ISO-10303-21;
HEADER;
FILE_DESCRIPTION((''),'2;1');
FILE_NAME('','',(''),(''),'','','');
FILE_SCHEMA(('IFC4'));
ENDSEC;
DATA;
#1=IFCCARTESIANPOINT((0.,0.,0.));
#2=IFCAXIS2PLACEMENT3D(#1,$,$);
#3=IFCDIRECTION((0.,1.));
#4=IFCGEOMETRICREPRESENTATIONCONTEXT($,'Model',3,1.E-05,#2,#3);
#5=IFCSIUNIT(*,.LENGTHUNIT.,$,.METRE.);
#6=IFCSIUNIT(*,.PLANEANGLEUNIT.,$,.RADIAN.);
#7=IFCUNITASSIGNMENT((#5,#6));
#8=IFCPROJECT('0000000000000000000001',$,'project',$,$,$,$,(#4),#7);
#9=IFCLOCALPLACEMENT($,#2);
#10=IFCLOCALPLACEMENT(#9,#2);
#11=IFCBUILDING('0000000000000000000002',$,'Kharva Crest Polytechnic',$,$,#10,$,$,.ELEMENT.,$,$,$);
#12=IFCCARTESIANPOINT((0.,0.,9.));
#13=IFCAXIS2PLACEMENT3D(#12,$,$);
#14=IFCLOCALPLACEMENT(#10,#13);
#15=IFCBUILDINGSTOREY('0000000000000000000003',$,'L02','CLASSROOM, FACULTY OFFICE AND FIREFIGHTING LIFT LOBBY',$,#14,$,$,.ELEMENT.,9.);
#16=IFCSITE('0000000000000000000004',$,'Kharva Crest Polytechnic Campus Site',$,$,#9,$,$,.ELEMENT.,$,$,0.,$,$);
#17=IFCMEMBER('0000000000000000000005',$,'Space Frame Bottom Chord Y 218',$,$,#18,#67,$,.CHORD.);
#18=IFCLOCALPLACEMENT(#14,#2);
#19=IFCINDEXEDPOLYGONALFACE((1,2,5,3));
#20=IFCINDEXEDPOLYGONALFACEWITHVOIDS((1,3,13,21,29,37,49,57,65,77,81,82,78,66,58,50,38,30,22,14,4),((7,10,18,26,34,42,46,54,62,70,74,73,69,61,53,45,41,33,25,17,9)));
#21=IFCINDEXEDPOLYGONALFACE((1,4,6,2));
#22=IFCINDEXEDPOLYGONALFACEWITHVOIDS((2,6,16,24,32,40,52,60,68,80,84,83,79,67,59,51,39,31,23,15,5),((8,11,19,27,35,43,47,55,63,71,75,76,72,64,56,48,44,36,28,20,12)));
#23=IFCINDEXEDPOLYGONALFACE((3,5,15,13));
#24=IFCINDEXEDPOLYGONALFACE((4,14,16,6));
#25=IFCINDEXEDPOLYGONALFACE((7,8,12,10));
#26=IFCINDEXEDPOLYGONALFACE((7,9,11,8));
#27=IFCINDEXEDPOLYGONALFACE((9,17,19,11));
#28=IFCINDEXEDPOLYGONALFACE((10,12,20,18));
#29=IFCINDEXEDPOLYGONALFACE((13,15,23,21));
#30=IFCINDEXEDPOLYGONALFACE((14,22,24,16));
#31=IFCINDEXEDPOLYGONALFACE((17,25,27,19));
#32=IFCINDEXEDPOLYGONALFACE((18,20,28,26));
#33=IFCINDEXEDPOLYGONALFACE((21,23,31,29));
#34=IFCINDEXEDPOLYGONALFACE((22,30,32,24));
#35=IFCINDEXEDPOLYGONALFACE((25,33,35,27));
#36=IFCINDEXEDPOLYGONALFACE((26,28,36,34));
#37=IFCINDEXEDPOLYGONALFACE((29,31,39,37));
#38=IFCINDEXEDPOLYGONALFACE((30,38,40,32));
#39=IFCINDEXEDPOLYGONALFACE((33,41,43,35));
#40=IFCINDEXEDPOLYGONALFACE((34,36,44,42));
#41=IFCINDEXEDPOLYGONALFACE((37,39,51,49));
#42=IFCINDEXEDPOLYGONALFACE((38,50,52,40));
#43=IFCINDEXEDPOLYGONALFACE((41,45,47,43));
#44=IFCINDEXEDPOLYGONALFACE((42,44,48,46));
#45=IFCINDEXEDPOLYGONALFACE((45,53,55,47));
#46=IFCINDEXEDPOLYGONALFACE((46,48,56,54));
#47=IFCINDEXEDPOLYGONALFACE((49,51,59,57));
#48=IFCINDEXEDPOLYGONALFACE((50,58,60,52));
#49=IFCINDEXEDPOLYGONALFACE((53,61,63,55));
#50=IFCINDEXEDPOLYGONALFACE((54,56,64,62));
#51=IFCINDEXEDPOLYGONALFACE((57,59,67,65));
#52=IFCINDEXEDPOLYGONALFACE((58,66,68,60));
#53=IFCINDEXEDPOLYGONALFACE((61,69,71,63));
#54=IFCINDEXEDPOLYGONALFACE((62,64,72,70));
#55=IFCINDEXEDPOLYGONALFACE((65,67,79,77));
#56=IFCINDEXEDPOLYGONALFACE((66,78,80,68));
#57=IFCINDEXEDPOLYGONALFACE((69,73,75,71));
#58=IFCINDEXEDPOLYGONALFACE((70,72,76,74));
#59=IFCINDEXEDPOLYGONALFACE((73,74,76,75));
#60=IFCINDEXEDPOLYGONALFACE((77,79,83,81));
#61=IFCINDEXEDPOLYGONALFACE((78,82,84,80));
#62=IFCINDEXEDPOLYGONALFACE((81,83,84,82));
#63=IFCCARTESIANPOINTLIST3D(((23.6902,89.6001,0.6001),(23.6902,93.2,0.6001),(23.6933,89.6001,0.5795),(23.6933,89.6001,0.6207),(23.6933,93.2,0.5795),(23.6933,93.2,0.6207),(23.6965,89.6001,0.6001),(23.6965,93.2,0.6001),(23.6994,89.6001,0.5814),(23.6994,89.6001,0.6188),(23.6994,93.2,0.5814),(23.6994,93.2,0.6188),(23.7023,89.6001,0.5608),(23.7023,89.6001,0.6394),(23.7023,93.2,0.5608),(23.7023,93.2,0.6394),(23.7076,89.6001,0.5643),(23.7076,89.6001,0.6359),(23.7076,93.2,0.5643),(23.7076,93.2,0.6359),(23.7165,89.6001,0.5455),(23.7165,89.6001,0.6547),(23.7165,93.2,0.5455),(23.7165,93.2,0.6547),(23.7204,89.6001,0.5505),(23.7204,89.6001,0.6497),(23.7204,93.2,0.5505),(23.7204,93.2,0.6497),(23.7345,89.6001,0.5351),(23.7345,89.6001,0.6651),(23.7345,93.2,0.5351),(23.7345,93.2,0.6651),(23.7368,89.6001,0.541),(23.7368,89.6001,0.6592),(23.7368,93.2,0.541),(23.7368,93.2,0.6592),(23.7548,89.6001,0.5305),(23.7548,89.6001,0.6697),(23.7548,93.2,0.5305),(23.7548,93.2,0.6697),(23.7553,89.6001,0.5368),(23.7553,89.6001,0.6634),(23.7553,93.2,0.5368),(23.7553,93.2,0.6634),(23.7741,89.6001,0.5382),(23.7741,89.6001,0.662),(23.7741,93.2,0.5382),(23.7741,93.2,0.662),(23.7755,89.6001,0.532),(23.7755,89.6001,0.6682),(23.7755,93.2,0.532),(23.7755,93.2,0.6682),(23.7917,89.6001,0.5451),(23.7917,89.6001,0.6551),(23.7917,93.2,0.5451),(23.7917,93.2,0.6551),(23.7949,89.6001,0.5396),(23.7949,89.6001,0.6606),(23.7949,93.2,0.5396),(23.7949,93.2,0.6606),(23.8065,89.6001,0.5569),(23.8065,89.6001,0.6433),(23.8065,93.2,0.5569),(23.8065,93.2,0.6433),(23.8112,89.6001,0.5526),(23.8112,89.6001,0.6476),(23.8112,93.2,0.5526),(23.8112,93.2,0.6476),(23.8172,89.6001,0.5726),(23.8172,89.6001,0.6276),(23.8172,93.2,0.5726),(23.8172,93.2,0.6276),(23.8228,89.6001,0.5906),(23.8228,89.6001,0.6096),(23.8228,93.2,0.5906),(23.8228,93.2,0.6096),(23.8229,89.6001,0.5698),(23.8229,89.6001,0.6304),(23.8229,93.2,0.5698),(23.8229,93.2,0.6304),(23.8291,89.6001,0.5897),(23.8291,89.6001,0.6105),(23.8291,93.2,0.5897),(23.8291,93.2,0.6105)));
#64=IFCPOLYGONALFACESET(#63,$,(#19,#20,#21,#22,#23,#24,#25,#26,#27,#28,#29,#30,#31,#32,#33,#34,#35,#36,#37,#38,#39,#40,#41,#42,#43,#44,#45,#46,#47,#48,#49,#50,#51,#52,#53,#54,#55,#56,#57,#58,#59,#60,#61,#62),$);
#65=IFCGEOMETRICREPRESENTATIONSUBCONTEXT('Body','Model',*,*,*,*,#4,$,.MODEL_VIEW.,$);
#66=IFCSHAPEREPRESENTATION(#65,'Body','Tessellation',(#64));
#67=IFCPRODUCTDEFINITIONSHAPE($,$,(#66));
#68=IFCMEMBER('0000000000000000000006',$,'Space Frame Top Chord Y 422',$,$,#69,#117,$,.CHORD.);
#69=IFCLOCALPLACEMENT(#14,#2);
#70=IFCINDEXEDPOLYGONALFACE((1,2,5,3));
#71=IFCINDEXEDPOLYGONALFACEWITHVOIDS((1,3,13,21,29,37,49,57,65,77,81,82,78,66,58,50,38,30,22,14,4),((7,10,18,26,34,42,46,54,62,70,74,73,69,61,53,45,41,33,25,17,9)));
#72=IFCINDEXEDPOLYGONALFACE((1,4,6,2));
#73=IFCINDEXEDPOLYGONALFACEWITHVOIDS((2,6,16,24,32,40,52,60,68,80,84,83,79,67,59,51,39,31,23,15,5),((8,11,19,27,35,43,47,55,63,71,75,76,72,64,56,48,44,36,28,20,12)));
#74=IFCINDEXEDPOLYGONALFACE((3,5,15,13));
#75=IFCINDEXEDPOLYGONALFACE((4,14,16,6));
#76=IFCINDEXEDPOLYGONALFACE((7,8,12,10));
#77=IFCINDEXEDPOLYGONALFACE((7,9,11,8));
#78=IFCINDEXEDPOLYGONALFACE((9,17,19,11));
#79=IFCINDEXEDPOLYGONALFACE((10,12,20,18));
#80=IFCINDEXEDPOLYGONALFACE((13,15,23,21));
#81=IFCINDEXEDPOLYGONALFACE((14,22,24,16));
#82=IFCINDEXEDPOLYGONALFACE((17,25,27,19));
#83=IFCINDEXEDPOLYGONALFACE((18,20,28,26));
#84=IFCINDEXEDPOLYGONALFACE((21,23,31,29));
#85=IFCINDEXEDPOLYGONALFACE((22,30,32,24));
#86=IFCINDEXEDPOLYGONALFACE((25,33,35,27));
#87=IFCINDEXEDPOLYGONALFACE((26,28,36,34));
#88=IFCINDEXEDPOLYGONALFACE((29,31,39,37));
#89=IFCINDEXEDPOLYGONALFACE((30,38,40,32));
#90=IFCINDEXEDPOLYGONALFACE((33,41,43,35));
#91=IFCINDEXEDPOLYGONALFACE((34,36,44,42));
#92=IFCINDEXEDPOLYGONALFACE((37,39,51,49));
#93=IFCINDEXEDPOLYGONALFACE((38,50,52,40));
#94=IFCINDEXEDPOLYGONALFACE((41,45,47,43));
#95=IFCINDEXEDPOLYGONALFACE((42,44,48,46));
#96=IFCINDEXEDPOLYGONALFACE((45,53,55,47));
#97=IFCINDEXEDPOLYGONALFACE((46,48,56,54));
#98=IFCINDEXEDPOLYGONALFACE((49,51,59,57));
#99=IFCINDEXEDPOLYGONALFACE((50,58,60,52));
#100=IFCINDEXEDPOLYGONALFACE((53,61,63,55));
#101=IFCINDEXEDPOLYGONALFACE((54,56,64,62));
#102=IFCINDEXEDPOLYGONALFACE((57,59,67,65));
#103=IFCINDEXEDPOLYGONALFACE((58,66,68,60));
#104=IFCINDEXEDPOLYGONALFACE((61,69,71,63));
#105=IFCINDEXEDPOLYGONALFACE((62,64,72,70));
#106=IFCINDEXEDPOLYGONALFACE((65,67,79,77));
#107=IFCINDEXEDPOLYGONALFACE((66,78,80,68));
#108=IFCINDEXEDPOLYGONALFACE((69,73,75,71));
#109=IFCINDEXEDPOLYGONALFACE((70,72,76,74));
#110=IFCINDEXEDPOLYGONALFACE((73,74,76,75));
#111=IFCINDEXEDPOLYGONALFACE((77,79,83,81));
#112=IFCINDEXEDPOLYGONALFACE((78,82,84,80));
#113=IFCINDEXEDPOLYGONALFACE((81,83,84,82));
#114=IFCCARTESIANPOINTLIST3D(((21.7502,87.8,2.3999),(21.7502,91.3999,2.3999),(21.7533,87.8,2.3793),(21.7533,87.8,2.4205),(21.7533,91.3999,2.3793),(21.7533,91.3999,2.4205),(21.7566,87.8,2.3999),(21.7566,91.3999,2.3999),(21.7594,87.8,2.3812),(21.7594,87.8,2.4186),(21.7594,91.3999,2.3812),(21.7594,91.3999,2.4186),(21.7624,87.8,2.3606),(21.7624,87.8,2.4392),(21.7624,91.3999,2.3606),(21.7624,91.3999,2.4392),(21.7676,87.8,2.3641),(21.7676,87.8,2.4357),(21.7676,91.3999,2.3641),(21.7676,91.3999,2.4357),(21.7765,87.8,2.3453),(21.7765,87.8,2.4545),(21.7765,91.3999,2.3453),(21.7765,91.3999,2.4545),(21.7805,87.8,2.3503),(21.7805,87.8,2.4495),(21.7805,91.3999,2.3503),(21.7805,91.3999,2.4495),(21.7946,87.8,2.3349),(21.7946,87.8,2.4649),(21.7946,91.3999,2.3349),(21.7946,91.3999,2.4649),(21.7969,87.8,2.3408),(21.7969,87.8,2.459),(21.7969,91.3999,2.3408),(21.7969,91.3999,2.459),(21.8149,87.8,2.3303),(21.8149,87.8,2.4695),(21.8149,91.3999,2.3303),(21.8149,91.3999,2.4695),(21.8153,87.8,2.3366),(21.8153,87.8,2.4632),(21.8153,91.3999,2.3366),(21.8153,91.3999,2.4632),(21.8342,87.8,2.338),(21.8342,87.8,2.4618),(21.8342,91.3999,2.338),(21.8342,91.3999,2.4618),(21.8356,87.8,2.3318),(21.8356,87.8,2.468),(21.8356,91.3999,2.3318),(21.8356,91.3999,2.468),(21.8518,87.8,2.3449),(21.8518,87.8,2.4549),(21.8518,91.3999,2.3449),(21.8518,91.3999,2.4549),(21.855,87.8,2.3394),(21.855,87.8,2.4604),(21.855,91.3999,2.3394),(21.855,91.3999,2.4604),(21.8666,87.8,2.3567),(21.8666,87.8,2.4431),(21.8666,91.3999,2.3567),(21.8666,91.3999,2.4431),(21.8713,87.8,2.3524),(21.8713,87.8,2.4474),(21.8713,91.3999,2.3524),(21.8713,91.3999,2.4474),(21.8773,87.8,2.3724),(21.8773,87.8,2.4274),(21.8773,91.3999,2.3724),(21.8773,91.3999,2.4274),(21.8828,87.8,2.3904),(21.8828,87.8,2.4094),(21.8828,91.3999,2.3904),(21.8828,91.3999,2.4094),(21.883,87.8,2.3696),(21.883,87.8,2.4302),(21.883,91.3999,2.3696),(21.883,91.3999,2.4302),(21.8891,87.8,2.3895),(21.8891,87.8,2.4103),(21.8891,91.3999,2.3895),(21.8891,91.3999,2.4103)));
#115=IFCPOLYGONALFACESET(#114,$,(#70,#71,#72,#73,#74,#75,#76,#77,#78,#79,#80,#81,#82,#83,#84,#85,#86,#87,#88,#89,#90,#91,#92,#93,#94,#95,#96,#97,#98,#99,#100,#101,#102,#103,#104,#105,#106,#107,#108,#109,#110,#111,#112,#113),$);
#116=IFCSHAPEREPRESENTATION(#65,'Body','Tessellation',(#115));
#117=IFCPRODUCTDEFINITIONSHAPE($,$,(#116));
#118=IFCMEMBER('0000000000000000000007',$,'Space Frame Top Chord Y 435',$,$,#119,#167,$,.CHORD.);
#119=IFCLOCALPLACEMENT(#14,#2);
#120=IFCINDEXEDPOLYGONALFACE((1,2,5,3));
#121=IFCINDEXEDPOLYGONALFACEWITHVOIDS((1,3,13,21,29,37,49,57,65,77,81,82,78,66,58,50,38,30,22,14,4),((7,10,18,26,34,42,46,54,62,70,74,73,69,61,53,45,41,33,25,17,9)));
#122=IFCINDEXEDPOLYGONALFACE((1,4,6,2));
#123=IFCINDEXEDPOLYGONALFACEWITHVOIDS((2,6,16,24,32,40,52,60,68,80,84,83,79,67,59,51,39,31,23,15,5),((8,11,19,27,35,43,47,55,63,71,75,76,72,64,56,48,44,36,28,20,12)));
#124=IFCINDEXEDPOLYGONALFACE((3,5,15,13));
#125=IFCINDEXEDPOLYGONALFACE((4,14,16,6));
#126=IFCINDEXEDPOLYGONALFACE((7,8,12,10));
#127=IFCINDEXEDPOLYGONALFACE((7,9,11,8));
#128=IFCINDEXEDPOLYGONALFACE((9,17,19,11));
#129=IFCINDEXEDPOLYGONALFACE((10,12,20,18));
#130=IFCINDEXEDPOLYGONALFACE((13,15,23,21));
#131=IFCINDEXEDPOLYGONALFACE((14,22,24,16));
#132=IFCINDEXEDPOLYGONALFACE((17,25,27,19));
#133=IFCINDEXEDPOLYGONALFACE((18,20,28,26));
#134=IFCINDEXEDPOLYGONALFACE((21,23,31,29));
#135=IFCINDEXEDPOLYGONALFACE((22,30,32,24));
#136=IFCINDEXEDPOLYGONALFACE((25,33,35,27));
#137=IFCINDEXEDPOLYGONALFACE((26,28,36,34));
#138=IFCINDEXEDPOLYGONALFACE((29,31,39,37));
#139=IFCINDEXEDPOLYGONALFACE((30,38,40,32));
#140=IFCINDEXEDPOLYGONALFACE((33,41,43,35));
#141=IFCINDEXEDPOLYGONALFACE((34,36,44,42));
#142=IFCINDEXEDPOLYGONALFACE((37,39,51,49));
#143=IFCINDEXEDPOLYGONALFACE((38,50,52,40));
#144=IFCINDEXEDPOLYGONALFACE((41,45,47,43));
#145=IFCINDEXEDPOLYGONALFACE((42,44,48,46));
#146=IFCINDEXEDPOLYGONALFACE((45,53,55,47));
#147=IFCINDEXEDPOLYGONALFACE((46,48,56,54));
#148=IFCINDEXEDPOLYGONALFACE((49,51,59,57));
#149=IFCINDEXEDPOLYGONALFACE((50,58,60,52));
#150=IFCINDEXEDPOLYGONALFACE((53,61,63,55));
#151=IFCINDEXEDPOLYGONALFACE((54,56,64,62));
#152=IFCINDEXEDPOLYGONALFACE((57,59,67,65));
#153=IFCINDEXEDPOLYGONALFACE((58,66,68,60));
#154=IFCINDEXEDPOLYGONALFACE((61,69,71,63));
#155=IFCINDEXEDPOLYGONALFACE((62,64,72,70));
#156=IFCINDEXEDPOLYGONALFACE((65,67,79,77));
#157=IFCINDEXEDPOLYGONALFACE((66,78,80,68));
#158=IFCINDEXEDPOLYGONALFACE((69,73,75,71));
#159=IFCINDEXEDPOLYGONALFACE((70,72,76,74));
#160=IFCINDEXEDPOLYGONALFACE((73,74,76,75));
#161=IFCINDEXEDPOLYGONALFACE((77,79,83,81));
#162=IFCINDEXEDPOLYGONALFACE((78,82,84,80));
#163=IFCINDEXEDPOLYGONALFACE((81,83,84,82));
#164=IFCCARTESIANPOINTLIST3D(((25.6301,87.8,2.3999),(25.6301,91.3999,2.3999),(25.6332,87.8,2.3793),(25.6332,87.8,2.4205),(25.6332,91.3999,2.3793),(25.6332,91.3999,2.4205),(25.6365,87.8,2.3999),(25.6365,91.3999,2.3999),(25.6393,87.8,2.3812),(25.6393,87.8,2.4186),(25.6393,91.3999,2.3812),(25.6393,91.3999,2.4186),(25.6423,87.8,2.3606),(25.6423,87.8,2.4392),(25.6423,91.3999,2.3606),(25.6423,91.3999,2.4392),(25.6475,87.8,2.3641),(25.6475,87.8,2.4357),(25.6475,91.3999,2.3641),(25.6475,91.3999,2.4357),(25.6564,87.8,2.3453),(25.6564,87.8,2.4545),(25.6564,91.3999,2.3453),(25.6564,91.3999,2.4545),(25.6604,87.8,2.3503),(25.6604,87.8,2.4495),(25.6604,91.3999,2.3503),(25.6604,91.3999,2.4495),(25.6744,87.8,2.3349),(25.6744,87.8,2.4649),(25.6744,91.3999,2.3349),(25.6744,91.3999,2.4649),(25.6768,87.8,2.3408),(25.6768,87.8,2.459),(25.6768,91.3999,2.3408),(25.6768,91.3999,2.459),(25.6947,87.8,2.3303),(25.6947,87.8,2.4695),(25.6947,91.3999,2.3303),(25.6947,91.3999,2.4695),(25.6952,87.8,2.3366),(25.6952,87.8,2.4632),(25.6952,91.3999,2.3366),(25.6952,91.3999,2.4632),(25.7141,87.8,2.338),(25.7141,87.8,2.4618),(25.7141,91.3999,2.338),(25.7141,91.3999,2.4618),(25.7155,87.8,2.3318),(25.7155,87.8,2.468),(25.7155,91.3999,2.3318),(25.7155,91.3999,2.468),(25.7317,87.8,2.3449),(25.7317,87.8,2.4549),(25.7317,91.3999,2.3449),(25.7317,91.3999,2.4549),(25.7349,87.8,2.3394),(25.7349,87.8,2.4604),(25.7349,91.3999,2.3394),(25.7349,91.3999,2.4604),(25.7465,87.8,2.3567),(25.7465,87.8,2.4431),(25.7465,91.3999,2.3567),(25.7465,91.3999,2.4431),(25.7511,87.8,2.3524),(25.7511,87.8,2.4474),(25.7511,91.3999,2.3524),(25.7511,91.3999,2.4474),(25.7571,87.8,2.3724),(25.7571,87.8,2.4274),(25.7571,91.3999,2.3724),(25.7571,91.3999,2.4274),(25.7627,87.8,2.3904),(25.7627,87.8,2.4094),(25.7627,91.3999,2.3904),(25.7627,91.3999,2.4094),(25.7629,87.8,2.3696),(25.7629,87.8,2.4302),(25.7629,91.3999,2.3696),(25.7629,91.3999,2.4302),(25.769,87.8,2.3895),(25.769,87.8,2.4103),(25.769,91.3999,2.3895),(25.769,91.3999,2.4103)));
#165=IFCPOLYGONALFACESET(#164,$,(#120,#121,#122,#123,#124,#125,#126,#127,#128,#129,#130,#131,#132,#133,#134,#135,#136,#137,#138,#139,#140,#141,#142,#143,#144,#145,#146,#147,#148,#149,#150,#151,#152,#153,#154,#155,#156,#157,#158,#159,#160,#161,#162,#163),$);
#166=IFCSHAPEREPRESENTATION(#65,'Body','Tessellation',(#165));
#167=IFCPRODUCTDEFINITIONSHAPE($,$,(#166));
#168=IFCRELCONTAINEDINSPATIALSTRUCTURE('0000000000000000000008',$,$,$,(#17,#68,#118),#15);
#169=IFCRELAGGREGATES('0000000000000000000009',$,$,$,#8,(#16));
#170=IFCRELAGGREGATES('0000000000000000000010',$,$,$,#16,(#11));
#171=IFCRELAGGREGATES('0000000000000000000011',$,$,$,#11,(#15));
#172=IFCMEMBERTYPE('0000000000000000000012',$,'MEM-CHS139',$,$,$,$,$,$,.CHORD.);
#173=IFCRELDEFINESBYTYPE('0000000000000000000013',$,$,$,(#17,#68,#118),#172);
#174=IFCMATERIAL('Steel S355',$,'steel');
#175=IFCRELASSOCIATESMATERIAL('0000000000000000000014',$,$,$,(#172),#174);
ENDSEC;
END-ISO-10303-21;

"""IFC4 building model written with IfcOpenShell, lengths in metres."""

from ifc_helpers import new_model, si_unit, direction, frame, origin, origin_2d, place, context, subcontext, project, spatial, hollow_circle, extrude, material, material_profile, profile_set, type_object, element, save


model = new_model("IFC4")

# Units and contexts
model_context = context("Model", 3, precision=1e-05, world=origin(), true_north=direction((0.0, 1.0)))
body_context = subcontext(model_context, "Body", "Model", "MODEL_VIEW")
ifc_project = project(units=[si_unit("LENGTHUNIT", "METRE"), si_unit("PLANEANGLEUNIT", "RADIAN")], contexts=[model_context])

# Site, building, storey
site_placement = place(None, origin())
site = spatial("IfcSite", under=ifc_project, at=site_placement, Name="Kharva Crest Polytechnic Campus Site", CompositionType="ELEMENT", RefElevation=0.0)
building_placement = place(site_placement, origin())
building = spatial("IfcBuilding", under=site, at=building_placement, Name="Kharva Crest Polytechnic", CompositionType="ELEMENT")
storey_placement = place(building_placement, frame((0.0, 0.0, 9.0)))
storey = spatial("IfcBuildingStorey", under=building, at=storey_placement, Name="L02", Description="CLASSROOM, FACULTY OFFICE AND FIREFIGHTING LIFT LOBBY", CompositionType="ELEMENT", Elevation=9.0)

# Shared definitions
ifc_material_1 = material(Name="Steel S355", Category="steel")

# Members
ifc_material_profile_1 = material_profile(ifc_material_1, hollow_circle(Radius=0.0698, WallThickness=0.0063, at=origin_2d()), Name="CHS 139.7X6.3")
ifc_profile_set_1 = profile_set([ifc_material_profile_1], Name="Steel S355")
member_type_1 = type_object("IfcMemberType", Name="MEM-CHS139", PredefinedType="CHORD", material=ifc_profile_set_1)
for number, where, z_axis, x_axis, name in (
    (1, (23.76, 89.6001, 0.6001), (0.0, 1.0, 0.0), (-1.0, 0.0, 0.0), "Space Frame Bottom Chord Y 218"),
    (2, (21.8201, 87.8, 2.3999), (0.0, 1.0, 0.0), (-1.0, 0.0, 0.0), "Space Frame Top Chord Y 422"),
    (3, (25.7, 87.8, 2.3999), (0.0, 1.0, 0.0), (-1.0, 0.0, 0.0), "Space Frame Top Chord Y 435"),
):
    element("IfcMember", number, at=place(storey_placement, frame(where, z_axis=z_axis, x_axis=x_axis)), inside=storey, type_object=member_type_1, Name=name, PredefinedType="CHORD", context=body_context, shape_type="SweptSolid", body=[
        extrude(hollow_circle(Radius=0.0698, WallThickness=0.0063, at=origin_2d()), origin(), (0.0, 0.0, 1.0), 3.5999),
    ])

save(model, "model.ifc")
